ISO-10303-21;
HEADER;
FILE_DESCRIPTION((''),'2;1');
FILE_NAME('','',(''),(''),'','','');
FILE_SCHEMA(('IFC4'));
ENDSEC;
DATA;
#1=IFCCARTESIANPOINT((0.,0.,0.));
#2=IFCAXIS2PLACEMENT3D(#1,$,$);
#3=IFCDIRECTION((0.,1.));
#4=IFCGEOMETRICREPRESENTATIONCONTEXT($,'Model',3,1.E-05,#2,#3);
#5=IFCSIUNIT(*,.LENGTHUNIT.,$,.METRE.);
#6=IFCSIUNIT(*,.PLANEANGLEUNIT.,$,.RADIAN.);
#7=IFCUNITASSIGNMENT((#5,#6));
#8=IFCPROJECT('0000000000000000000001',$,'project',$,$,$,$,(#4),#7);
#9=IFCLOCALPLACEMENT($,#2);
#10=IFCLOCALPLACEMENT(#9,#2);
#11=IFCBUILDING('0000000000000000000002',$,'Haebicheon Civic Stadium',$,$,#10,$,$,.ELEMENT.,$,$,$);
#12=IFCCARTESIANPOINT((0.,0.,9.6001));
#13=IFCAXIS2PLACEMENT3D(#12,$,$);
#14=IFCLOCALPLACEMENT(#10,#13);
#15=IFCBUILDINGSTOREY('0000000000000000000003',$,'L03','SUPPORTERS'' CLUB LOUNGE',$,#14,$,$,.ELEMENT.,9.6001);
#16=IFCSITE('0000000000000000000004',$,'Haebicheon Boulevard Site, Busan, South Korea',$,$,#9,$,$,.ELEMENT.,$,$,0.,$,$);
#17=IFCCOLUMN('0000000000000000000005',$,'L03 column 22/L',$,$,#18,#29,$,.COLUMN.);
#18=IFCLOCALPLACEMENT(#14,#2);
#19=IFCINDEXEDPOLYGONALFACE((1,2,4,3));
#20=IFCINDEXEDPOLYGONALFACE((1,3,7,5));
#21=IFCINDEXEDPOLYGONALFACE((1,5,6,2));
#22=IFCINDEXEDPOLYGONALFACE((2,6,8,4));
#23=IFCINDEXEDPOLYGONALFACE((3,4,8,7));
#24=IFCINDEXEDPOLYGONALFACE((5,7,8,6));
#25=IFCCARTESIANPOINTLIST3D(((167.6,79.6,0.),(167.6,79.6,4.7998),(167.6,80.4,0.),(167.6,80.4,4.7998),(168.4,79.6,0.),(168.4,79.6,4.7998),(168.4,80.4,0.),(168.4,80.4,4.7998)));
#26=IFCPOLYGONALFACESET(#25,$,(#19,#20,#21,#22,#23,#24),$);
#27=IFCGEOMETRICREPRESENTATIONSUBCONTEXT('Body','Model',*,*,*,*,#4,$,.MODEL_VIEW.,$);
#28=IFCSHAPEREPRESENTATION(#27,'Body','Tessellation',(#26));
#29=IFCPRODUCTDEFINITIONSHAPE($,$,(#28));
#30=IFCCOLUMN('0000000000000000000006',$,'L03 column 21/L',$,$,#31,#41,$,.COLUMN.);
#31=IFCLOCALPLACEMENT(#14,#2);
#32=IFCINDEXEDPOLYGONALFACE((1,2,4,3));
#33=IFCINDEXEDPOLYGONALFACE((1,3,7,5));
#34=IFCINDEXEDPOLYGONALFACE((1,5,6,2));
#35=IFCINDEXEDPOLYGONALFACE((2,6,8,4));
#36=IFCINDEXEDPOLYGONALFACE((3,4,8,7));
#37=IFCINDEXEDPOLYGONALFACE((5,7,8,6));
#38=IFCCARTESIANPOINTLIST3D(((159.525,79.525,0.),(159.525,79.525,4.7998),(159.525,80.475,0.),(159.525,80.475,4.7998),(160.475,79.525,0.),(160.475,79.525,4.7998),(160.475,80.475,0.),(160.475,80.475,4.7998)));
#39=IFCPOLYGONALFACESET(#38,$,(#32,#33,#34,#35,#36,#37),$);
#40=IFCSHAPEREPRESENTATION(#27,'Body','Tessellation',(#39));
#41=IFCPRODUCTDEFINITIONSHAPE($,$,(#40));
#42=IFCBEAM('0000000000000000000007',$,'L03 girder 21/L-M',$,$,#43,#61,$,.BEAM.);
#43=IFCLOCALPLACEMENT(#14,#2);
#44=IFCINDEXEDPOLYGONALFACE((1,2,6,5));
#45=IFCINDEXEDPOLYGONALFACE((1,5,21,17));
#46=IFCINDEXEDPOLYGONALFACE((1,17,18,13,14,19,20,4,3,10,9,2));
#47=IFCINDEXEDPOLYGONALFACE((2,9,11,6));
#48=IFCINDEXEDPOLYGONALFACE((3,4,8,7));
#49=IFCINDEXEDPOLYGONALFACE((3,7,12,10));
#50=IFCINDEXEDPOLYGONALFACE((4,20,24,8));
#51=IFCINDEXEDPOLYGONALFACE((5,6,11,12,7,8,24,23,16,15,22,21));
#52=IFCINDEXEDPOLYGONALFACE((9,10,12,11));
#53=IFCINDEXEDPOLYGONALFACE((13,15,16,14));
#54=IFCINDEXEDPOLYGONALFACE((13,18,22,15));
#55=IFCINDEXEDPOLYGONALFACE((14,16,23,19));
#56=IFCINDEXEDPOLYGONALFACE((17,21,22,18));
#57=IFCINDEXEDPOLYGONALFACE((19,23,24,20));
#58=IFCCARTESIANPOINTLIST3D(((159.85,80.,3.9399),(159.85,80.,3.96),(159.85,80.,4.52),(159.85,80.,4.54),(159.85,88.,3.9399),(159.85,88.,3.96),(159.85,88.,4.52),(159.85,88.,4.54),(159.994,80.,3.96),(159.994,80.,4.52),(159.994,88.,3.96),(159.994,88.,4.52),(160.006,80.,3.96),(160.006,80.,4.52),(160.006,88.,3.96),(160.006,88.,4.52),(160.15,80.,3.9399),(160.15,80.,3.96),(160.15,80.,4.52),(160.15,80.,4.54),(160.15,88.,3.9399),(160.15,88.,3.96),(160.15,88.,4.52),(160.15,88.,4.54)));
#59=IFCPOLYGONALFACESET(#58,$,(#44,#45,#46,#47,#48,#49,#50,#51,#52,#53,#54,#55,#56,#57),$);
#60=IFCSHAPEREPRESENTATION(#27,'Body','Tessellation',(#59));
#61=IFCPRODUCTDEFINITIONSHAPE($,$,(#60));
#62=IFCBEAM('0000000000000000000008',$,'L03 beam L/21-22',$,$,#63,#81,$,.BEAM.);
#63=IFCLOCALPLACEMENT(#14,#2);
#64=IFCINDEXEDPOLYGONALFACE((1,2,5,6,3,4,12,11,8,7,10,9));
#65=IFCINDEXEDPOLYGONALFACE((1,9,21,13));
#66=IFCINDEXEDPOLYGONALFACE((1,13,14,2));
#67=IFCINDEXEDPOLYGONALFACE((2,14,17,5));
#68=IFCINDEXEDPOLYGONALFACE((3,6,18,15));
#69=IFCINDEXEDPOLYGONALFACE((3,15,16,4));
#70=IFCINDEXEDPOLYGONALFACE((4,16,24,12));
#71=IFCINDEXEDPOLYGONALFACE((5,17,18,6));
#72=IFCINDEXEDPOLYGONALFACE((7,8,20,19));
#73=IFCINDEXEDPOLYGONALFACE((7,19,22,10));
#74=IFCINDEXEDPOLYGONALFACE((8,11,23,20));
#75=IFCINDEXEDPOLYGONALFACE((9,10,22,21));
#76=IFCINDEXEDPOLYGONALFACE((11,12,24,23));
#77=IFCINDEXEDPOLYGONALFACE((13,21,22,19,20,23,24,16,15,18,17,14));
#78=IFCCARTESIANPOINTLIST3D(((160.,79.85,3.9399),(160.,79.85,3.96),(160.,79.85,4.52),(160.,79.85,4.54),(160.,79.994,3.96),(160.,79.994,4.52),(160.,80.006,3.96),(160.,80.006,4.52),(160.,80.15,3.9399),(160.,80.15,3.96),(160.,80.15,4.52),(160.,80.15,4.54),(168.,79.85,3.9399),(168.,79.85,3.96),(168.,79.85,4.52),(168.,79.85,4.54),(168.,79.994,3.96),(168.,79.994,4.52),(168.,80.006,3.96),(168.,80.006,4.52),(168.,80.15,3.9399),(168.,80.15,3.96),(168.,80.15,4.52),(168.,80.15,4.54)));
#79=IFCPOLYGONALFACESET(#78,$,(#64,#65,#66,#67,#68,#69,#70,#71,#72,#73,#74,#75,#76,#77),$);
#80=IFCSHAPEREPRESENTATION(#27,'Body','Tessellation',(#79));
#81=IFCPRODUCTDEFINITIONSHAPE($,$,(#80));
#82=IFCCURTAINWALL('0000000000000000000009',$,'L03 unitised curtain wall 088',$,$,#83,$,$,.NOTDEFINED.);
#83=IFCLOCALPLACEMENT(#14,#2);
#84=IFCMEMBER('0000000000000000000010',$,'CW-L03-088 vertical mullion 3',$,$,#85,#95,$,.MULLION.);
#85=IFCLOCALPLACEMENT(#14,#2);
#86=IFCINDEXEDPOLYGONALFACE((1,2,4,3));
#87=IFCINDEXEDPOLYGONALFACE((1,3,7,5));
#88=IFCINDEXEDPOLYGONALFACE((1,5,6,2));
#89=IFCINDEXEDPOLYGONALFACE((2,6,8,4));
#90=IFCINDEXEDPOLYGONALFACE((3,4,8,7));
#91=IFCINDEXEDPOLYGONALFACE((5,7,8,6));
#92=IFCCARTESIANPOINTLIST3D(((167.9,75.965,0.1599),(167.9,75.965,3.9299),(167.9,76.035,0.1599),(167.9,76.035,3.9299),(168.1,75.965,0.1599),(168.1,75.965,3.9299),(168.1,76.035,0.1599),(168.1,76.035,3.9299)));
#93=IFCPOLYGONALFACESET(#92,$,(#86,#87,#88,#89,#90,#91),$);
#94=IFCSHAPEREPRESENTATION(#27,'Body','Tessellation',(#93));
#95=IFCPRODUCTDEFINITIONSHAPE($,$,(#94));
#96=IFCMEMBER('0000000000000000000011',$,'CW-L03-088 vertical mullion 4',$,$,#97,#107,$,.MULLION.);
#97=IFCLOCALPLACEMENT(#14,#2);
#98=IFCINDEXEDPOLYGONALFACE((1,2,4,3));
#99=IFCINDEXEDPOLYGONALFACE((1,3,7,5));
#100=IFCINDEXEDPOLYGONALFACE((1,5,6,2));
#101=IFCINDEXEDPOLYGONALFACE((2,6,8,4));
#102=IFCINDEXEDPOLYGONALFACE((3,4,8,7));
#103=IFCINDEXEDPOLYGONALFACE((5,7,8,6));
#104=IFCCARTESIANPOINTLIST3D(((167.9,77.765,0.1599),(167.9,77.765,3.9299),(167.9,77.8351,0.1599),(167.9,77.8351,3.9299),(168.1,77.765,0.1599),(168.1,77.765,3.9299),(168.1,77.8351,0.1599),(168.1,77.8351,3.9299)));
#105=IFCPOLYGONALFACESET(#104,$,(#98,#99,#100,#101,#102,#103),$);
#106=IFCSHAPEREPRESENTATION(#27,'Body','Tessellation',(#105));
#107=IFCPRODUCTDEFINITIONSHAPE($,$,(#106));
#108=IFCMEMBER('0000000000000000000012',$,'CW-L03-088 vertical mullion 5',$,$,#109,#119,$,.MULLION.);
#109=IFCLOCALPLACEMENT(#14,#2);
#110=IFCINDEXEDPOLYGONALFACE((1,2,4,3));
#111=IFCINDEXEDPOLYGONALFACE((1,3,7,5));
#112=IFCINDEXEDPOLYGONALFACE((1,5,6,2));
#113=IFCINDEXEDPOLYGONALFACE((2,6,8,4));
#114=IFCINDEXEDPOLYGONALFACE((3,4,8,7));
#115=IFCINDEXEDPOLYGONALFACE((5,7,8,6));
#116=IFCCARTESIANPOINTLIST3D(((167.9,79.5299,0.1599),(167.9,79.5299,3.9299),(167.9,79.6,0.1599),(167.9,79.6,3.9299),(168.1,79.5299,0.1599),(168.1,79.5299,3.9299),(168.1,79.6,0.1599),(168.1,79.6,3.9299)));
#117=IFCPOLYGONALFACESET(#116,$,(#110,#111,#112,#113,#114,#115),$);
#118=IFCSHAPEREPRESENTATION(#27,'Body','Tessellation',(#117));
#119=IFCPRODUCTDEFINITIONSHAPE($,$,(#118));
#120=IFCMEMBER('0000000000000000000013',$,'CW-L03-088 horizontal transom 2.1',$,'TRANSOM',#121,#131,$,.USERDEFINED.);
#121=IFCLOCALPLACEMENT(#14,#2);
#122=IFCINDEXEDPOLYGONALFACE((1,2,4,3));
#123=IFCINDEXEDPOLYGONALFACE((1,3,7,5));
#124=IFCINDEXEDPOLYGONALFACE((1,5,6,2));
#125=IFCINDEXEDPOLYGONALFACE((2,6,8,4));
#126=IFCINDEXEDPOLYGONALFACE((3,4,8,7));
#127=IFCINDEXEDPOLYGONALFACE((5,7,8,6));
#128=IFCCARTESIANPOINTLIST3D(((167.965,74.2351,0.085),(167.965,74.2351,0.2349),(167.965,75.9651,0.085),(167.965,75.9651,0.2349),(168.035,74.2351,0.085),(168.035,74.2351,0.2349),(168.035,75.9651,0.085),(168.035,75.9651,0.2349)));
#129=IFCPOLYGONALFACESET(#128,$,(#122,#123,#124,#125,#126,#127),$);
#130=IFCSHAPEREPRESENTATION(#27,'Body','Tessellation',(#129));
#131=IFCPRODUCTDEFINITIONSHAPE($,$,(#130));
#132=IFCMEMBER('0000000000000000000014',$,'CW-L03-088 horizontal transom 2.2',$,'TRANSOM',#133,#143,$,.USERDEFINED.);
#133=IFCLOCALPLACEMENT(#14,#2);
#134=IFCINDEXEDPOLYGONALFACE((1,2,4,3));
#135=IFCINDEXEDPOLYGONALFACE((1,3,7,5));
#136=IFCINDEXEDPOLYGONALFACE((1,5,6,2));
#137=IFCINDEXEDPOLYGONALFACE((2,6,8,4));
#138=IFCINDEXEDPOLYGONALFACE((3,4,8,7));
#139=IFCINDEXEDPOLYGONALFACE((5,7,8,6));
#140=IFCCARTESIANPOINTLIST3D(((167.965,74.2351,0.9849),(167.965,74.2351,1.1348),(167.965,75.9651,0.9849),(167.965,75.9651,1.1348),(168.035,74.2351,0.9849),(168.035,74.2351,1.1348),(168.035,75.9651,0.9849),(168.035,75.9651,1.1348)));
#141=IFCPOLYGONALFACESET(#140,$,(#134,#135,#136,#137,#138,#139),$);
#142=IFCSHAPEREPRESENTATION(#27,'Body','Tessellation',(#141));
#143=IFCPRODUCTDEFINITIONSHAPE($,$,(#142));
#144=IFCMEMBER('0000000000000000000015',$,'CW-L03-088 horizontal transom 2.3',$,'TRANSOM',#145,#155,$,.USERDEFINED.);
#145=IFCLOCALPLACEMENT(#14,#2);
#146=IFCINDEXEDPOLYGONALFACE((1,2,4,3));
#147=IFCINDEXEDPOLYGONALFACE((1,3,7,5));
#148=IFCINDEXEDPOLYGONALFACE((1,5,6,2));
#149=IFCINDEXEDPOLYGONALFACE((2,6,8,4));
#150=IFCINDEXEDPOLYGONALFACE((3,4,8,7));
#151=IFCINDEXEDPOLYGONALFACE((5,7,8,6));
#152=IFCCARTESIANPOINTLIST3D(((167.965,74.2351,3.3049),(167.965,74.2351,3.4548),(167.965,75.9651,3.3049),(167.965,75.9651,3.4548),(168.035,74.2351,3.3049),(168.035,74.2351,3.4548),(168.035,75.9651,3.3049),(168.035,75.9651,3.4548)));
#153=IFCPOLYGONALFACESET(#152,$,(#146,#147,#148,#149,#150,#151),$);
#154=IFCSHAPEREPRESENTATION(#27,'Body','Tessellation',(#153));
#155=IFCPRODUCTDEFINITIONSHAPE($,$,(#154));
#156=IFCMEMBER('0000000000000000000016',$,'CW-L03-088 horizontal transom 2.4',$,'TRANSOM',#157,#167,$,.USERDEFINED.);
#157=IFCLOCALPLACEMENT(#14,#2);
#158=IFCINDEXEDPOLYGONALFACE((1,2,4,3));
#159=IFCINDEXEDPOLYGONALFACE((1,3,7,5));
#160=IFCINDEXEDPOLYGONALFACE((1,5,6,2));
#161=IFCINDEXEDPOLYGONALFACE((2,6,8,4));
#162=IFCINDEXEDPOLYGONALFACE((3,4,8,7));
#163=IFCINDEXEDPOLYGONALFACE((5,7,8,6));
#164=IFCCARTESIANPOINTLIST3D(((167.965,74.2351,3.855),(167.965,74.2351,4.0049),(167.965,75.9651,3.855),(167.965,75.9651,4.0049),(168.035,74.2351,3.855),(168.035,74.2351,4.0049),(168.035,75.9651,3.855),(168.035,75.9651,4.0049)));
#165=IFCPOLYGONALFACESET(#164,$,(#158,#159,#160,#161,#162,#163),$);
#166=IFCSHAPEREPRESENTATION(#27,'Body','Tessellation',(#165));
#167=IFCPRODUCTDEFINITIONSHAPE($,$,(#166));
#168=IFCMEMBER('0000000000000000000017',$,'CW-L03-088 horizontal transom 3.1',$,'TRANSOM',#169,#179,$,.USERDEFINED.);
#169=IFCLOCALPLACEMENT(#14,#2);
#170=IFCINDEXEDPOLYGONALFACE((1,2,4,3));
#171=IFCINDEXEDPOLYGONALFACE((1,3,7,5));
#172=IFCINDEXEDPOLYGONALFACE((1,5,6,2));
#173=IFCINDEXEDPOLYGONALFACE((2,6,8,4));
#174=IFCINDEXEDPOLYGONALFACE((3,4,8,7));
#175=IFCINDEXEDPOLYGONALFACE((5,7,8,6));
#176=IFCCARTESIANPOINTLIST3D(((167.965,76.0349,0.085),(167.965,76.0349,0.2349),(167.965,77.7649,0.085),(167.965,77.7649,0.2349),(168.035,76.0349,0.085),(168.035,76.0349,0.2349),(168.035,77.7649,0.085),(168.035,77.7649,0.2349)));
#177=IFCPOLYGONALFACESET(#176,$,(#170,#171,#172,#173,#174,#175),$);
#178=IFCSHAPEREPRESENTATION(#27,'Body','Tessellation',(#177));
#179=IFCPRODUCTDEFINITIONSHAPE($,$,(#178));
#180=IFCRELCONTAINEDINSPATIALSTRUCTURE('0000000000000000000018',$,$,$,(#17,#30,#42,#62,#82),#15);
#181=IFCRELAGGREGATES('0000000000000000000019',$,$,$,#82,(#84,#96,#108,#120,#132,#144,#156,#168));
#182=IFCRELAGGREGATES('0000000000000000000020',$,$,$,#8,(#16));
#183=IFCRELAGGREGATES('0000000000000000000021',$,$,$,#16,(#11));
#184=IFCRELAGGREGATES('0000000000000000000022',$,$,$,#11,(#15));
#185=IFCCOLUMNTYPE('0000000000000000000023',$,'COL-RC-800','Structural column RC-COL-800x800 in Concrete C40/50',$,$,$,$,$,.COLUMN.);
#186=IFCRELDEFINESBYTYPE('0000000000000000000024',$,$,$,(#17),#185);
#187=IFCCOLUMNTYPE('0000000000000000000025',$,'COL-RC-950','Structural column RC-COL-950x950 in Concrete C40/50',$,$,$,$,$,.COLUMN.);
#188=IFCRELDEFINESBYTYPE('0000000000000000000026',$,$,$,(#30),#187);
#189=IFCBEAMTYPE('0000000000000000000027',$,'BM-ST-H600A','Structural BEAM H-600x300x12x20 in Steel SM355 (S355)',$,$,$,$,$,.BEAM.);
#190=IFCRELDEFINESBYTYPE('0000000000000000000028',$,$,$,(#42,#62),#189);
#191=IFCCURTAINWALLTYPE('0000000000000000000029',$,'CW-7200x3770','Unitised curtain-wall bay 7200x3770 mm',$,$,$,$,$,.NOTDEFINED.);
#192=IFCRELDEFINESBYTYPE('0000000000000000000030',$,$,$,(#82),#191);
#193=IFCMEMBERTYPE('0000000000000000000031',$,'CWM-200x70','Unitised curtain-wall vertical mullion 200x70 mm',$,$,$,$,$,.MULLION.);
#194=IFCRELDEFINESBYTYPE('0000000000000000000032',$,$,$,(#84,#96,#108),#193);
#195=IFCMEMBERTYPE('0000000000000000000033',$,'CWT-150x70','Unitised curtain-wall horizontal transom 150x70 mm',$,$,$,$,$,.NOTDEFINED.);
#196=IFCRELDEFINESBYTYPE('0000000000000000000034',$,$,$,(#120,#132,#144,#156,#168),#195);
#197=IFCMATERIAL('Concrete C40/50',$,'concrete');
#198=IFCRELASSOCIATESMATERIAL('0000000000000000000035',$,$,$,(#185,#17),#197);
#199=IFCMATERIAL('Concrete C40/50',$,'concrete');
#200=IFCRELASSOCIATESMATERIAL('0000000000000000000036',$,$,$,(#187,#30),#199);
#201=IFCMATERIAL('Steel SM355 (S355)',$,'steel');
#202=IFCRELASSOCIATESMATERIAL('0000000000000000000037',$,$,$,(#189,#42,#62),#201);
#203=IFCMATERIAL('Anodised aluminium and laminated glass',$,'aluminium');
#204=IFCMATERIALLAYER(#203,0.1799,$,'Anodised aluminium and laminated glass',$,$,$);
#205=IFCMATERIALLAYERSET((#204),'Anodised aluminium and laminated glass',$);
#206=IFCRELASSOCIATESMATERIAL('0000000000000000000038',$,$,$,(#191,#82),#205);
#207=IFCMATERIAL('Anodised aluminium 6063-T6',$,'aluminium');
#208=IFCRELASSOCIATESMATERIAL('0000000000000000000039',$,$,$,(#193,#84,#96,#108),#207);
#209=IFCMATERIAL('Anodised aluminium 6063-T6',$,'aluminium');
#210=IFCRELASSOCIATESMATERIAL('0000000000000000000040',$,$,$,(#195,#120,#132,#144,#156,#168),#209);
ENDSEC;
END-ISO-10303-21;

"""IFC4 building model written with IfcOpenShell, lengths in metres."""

from ifc_helpers import new_model, si_unit, direction, frame, origin, origin_2d, place, context, subcontext, project, spatial, rectangle, i_section, extrude, material, layer, layer_set, material_profile, profile_set, type_object, element, aggregate, save


model = new_model("IFC4")

# Units and contexts
model_context = context("Model", 3, precision=1e-05, world=origin(), true_north=direction((0.0, 1.0)))
body_context = subcontext(model_context, "Body", "Model", "MODEL_VIEW")
ifc_project = project(units=[si_unit("LENGTHUNIT", "METRE"), si_unit("PLANEANGLEUNIT", "RADIAN")], contexts=[model_context])

# Site, building, storey
site_placement = place(None, origin())
site = spatial("IfcSite", under=ifc_project, at=site_placement, Name="Haebicheon Boulevard Site, Busan, South Korea", CompositionType="ELEMENT", RefElevation=0.0)
building_placement = place(site_placement, origin())
building = spatial("IfcBuilding", under=site, at=building_placement, Name="Haebicheon Civic Stadium", CompositionType="ELEMENT")
storey_placement = place(building_placement, frame((0.0, 0.0, 9.6001)))
storey = spatial("IfcBuildingStorey", under=building, at=storey_placement, Name="L03", Description="SUPPORTERS' CLUB LOUNGE", CompositionType="ELEMENT", Elevation=9.6001)

# Columns
ifc_material_1 = material(Name="Concrete C40/50", Category="concrete")
ifc_material_profile_1 = material_profile(ifc_material_1, rectangle(XDim=0.8, YDim=0.8, at=origin_2d()), Name="RC-COL-800x800")
ifc_profile_set_1 = profile_set([ifc_material_profile_1], Name="Concrete C40/50")
column_type_1 = type_object("IfcColumnType", Name="COL-RC-800", Description="Structural column RC-COL-800x800 in Concrete C40/50", PredefinedType="COLUMN", material=ifc_profile_set_1)
column_1_placement = place(storey_placement, frame((168.0, 80.0, 0.0), z_axis=(0.0, 0.0, 1.0), x_axis=(1.0, 0.0, 0.0)))
element("IfcColumn", 1, at=column_1_placement, inside=storey, type_object=column_type_1, material=ifc_profile_set_1, Name="L03 column 22/L", PredefinedType="COLUMN", context=body_context, shape_type="SweptSolid", body=[
    extrude(rectangle(XDim=0.8, YDim=0.8, at=origin_2d()), origin(), (0.0, 0.0, 1.0), 4.7998),
])
ifc_material_2 = material(Name="Concrete C40/50", Category="concrete")
ifc_material_profile_2 = material_profile(ifc_material_2, rectangle(XDim=0.95, YDim=0.95, at=origin_2d()), Name="RC-COL-950x950")
ifc_profile_set_2 = profile_set([ifc_material_profile_2], Name="Concrete C40/50")
column_type_2 = type_object("IfcColumnType", Name="COL-RC-950", Description="Structural column RC-COL-950x950 in Concrete C40/50", PredefinedType="COLUMN", material=ifc_profile_set_2)
column_2_placement = place(storey_placement, frame((160.0, 80.0, 0.0), z_axis=(0.0, 0.0, 1.0), x_axis=(1.0, 0.0, 0.0)))
element("IfcColumn", 2, at=column_2_placement, inside=storey, type_object=column_type_2, material=ifc_profile_set_2, Name="L03 column 21/L", PredefinedType="COLUMN", context=body_context, shape_type="SweptSolid", body=[
    extrude(rectangle(XDim=0.95, YDim=0.95, at=origin_2d()), origin(), (0.0, 0.0, 1.0), 4.7998),
])

# Beams
ifc_material_3 = material(Name="Steel SM355 (S355)", Category="steel")
ifc_material_profile_3 = material_profile(ifc_material_3, i_section(OverallWidth=0.3, OverallDepth=0.6001, WebThickness=0.012, FlangeThickness=0.02, at=origin_2d()), Name="H-600x300x12x20")
ifc_profile_set_3 = profile_set([ifc_material_profile_3], Name="Steel SM355 (S355)")
beam_type_1 = type_object("IfcBeamType", Name="BM-ST-H600A", Description="Structural BEAM H-600x300x12x20 in Steel SM355 (S355)", PredefinedType="BEAM", material=ifc_profile_set_3)
for number, where, z_axis, x_axis, name in (
    (3, (160.0, 80.0, 4.24), (0.0, 1.0, 0.0), (-1.0, 0.0, 0.0), "L03 girder 21/L-M"),
    (4, (160.0, 80.0, 4.24), (1.0, 0.0, 0.0), (0.0, 1.0, 0.0), "L03 beam L/21-22"),
):
    element("IfcBeam", number, at=place(storey_placement, frame(where, z_axis=z_axis, x_axis=x_axis)), inside=storey, type_object=beam_type_1, material=ifc_profile_set_3, Name=name, PredefinedType="BEAM", context=body_context, shape_type="SweptSolid", body=[
        extrude(i_section(OverallWidth=0.3, OverallDepth=0.6001, WebThickness=0.012, FlangeThickness=0.02, at=origin_2d()), origin(), (0.0, 0.0, 1.0), 8.0),
    ])

# Curtain wall, members
ifc_material_4 = material(Name="Anodised aluminium and laminated glass", Category="aluminium")
ifc_layer_1 = layer(ifc_material_4, 0.1799, Name="Anodised aluminium and laminated glass")
ifc_layer_set_1 = layer_set([ifc_layer_1], Name="Anodised aluminium and laminated glass")
curtain_wall_type = type_object("IfcCurtainWallType", Name="CW-7200x3770", Description="Unitised curtain-wall bay 7200x3770 mm", PredefinedType="NOTDEFINED", material=ifc_layer_set_1)
curtain_wall_placement = place(storey_placement, origin())
curtain_wall = element("IfcCurtainWall", 5, at=curtain_wall_placement, inside=storey, type_object=curtain_wall_type, material=ifc_layer_set_1, Name="L03 unitised curtain wall 088", PredefinedType="NOTDEFINED")
ifc_material_5 = material(Name="Anodised aluminium 6063-T6", Category="aluminium")
ifc_material_profile_4 = material_profile(ifc_material_5, rectangle(XDim=0.0701, YDim=0.2, at=origin_2d()), Name="ALU-MULL-70x200")
ifc_profile_set_4 = profile_set([ifc_material_profile_4], Name="Anodised aluminium 6063-T6")
member_type_1 = type_object("IfcMemberType", Name="CWM-200x70", Description="Unitised curtain-wall vertical mullion 200x70 mm", PredefinedType="MULLION", material=ifc_profile_set_4)
member_1_placement = place(storey_placement, frame((168.0, 76.0, 0.1599), z_axis=(0.0, 0.0, 1.0), x_axis=(0.0, 1.0, 0.0)))
member_1 = element("IfcMember", 6, at=member_1_placement, type_object=member_type_1, material=ifc_profile_set_4, Name="CW-L03-088 vertical mullion 3", PredefinedType="MULLION", context=body_context, shape_type="SweptSolid", body=[
    extrude(rectangle(XDim=0.0701, YDim=0.2, at=origin_2d()), origin(), (0.0, 0.0, 1.0), 3.77),
])
member_2_placement = place(storey_placement, frame((168.0, 77.8, 0.1599), z_axis=(0.0, 0.0, 1.0), x_axis=(0.0, 1.0, 0.0)))
member_2 = element("IfcMember", 7, at=member_2_placement, type_object=member_type_1, material=ifc_profile_set_4, Name="CW-L03-088 vertical mullion 4", PredefinedType="MULLION", context=body_context, shape_type="SweptSolid", body=[
    extrude(rectangle(XDim=0.0701, YDim=0.2, at=origin_2d()), origin(), (0.0, 0.0, 1.0), 3.77),
])
member_3_placement = place(storey_placement, frame((168.0, 79.5649, 0.1599), z_axis=(0.0, 0.0, 1.0), x_axis=(0.0, 1.0, 0.0)))
member_3 = element("IfcMember", 8, at=member_3_placement, type_object=member_type_1, material=ifc_profile_set_4, Name="CW-L03-088 vertical mullion 5", PredefinedType="MULLION", context=body_context, shape_type="SweptSolid", body=[
    extrude(rectangle(XDim=0.0701, YDim=0.2, at=origin_2d()), origin(), (0.0, 0.0, 1.0), 3.77),
])
ifc_material_6 = material(Name="Anodised aluminium 6063-T6", Category="aluminium")
ifc_material_profile_5 = material_profile(ifc_material_6, rectangle(XDim=0.0701, YDim=0.1499, at=origin_2d()), Name="ALU-TRAN-70x150")
ifc_profile_set_5 = profile_set([ifc_material_profile_5], Name="Anodised aluminium 6063-T6")
member_type_2 = type_object("IfcMemberType", Name="CWT-150x70", Description="Unitised curtain-wall horizontal transom 150x70 mm", PredefinedType="NOTDEFINED", material=ifc_profile_set_5)
member_4_placement = place(storey_placement, frame((168.0, 74.2351, 0.1599), z_axis=(0.0, 1.0, 0.0), x_axis=(-1.0, 0.0, 0.0)))
member_4 = element("IfcMember", 9, at=member_4_placement, type_object=member_type_2, material=ifc_profile_set_5, Name="CW-L03-088 horizontal transom 2.1", ObjectType="TRANSOM", PredefinedType="USERDEFINED", context=body_context, shape_type="SweptSolid", body=[
    extrude(rectangle(XDim=0.0701, YDim=0.1499, at=origin_2d()), origin(), (0.0, 0.0, 1.0), 1.73),
])
member_5_placement = place(storey_placement, frame((168.0, 74.2351, 1.0598), z_axis=(0.0, 1.0, 0.0), x_axis=(-1.0, 0.0, 0.0)))
member_5 = element("IfcMember", 10, at=member_5_placement, type_object=member_type_2, material=ifc_profile_set_5, Name="CW-L03-088 horizontal transom 2.2", ObjectType="TRANSOM", PredefinedType="USERDEFINED", context=body_context, shape_type="SweptSolid", body=[
    extrude(rectangle(XDim=0.0701, YDim=0.1499, at=origin_2d()), origin(), (0.0, 0.0, 1.0), 1.73),
])
member_6_placement = place(storey_placement, frame((168.0, 74.2351, 3.3799), z_axis=(0.0, 1.0, 0.0), x_axis=(-1.0, 0.0, 0.0)))
member_6 = element("IfcMember", 11, at=member_6_placement, type_object=member_type_2, material=ifc_profile_set_5, Name="CW-L03-088 horizontal transom 2.3", ObjectType="TRANSOM", PredefinedType="USERDEFINED", context=body_context, shape_type="SweptSolid", body=[
    extrude(rectangle(XDim=0.0701, YDim=0.1499, at=origin_2d()), origin(), (0.0, 0.0, 1.0), 1.73),
])
member_7_placement = place(storey_placement, frame((168.0, 74.2351, 3.9299), z_axis=(0.0, 1.0, 0.0), x_axis=(-1.0, 0.0, 0.0)))
member_7 = element("IfcMember", 12, at=member_7_placement, type_object=member_type_2, material=ifc_profile_set_5, Name="CW-L03-088 horizontal transom 2.4", ObjectType="TRANSOM", PredefinedType="USERDEFINED", context=body_context, shape_type="SweptSolid", body=[
    extrude(rectangle(XDim=0.0701, YDim=0.1499, at=origin_2d()), origin(), (0.0, 0.0, 1.0), 1.73),
])
member_8_placement = place(storey_placement, frame((168.0, 76.0349, 0.1599), z_axis=(0.0, 1.0, 0.0), x_axis=(-1.0, 0.0, 0.0)))
member_8 = element("IfcMember", 13, at=member_8_placement, type_object=member_type_2, material=ifc_profile_set_5, Name="CW-L03-088 horizontal transom 3.1", ObjectType="TRANSOM", PredefinedType="USERDEFINED", context=body_context, shape_type="SweptSolid", body=[
    extrude(rectangle(XDim=0.0701, YDim=0.1499, at=origin_2d()), origin(), (0.0, 0.0, 1.0), 1.73),
])

aggregate(curtain_wall, [member_1, member_2, member_3, member_4, member_5, member_6, member_7, member_8])

save(model, "model.ifc")
